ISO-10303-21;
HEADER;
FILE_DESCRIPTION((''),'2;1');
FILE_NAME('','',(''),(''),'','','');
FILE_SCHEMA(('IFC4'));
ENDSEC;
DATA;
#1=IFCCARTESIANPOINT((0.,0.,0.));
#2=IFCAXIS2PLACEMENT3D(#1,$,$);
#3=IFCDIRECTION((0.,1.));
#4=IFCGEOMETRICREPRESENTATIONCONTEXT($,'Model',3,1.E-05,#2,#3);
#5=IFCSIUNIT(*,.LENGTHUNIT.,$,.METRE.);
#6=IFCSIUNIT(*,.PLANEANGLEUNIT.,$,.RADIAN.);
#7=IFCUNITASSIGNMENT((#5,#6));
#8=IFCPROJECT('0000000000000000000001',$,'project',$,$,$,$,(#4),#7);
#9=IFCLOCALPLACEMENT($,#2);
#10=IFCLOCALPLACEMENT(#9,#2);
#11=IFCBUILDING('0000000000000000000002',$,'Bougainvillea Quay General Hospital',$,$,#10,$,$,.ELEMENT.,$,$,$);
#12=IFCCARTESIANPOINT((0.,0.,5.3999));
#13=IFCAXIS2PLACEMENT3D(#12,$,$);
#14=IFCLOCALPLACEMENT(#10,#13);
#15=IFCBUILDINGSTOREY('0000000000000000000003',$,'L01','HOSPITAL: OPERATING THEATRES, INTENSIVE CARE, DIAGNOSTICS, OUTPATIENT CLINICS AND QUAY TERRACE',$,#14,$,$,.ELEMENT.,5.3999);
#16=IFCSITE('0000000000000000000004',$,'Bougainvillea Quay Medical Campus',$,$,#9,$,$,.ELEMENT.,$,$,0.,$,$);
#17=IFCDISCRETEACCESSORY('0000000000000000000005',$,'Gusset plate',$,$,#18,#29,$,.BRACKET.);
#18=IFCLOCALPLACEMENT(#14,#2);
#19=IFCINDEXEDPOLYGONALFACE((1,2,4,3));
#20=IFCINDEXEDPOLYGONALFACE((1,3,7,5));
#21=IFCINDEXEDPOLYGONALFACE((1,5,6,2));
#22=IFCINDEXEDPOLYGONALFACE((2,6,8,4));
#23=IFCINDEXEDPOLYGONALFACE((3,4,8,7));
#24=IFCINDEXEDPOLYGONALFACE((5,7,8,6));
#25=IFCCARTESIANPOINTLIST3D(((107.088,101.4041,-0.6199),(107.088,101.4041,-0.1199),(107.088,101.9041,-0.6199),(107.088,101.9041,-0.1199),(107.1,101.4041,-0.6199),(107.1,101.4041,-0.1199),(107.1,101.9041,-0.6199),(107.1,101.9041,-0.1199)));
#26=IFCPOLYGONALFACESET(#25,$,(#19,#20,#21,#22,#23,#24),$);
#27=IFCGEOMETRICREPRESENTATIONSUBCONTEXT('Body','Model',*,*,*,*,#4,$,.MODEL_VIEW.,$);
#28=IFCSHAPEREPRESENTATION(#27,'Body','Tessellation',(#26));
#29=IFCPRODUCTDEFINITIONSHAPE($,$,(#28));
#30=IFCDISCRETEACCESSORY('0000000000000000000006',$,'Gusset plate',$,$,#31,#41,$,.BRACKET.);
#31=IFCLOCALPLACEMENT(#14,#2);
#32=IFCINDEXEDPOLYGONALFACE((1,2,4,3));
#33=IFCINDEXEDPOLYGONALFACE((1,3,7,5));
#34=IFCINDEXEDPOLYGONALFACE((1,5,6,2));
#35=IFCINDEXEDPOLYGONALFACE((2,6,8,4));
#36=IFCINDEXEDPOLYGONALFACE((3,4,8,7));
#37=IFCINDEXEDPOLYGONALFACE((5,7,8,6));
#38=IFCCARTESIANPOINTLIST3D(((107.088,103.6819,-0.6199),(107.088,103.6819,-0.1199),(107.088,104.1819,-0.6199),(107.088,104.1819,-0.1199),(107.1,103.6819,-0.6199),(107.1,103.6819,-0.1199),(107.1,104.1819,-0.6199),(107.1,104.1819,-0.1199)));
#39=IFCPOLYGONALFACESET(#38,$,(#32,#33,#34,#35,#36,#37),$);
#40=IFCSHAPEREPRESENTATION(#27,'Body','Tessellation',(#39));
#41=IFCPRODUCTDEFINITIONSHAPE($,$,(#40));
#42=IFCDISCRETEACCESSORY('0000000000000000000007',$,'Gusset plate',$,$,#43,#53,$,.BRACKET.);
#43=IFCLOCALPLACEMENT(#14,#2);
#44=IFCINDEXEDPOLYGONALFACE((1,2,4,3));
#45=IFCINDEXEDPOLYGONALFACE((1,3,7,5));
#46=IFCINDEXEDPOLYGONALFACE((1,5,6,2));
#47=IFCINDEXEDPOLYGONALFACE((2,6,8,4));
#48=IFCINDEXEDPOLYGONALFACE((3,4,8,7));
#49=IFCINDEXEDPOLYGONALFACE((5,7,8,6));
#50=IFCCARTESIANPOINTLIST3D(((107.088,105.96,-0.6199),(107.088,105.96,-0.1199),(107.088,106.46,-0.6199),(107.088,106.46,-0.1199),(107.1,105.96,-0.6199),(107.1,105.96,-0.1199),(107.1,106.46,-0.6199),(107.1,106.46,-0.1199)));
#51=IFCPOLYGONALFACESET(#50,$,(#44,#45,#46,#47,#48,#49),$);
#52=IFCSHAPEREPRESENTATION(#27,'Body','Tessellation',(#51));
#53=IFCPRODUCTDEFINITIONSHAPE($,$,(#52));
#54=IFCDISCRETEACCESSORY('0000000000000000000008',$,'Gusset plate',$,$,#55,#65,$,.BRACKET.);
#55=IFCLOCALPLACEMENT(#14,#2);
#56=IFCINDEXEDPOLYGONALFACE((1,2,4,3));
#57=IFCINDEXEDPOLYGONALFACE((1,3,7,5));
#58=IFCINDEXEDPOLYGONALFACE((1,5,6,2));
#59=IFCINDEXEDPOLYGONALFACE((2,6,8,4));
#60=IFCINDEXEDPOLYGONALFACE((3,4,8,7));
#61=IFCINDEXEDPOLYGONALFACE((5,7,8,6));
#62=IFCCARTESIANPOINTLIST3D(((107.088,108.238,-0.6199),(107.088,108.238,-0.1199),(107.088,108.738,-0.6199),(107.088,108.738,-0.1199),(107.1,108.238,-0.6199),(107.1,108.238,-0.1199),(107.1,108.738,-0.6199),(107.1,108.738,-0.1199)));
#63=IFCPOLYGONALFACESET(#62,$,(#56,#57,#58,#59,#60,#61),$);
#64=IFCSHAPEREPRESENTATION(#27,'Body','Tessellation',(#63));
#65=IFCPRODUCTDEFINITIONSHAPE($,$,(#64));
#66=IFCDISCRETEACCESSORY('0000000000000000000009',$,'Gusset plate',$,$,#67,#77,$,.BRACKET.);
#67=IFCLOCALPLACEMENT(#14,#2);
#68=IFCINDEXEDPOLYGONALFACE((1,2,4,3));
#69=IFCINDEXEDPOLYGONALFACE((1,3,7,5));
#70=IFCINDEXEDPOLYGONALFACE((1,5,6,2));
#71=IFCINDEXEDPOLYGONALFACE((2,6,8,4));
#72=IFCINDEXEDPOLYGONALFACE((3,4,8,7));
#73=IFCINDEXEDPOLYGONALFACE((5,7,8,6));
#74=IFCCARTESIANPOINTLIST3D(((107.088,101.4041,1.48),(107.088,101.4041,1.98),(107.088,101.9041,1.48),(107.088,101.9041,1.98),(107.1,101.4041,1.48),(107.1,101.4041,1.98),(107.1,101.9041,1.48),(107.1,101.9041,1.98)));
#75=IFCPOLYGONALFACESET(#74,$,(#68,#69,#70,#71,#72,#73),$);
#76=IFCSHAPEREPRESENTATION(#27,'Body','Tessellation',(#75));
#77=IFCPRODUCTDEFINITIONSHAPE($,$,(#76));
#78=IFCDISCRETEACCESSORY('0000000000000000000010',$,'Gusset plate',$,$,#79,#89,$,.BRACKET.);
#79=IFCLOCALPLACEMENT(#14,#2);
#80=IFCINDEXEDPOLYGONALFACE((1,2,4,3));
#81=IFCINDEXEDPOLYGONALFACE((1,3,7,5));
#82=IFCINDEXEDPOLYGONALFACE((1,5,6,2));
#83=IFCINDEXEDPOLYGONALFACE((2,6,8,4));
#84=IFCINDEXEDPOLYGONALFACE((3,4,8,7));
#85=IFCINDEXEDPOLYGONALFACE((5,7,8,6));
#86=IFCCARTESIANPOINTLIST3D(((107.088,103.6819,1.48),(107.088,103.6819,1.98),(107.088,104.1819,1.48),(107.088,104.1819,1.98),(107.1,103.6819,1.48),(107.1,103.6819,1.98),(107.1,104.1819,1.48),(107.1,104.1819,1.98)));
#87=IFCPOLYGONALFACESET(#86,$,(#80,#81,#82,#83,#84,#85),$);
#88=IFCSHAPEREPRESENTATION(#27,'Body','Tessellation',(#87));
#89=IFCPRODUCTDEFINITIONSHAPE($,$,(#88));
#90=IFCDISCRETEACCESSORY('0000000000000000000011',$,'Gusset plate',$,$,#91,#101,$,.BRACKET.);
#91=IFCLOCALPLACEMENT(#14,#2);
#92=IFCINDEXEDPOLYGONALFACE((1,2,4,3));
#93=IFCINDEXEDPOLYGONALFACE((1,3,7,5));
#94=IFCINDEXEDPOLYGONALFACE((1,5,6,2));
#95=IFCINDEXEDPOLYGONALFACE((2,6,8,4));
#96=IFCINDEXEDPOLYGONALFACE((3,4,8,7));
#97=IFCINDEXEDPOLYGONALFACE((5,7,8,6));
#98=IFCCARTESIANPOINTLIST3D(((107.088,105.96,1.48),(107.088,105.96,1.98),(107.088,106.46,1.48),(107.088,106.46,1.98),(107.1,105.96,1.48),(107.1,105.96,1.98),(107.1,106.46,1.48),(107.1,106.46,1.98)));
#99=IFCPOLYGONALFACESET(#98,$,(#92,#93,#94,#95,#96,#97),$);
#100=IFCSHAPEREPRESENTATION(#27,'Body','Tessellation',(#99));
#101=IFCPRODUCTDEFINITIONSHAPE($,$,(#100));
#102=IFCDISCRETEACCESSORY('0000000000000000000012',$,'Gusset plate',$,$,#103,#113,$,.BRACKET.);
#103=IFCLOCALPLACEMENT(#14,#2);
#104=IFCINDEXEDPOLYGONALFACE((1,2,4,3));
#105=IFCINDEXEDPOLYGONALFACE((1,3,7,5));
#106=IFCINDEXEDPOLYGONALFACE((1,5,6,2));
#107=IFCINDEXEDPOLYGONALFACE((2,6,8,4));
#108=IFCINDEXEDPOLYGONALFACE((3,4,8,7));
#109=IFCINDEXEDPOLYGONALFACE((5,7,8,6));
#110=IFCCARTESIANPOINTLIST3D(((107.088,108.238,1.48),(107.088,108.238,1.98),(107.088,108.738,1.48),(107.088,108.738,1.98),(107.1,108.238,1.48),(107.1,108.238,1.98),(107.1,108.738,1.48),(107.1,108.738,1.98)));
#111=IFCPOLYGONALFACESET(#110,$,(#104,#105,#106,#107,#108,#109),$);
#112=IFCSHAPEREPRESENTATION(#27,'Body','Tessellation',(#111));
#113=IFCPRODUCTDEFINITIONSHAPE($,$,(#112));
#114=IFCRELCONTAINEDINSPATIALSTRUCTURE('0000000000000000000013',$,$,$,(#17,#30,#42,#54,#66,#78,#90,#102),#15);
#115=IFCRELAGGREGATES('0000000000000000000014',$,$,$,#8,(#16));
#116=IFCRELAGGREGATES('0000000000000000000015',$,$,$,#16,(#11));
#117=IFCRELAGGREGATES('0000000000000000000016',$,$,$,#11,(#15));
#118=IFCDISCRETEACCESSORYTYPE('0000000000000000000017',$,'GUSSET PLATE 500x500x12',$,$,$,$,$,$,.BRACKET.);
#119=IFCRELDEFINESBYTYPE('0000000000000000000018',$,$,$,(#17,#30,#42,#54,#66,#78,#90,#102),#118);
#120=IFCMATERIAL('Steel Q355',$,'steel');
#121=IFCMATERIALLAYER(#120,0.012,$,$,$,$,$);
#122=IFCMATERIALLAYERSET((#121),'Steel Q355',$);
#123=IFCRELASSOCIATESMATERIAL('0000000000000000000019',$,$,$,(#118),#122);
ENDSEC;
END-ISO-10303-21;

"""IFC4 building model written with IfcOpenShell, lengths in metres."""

from ifc_helpers import new_model, si_unit, direction, frame, origin, origin_2d, place, context, subcontext, project, spatial, rectangle, extrude, material, layer, layer_set, type_object, element, save


model = new_model("IFC4")

# Units and contexts
model_context = context("Model", 3, precision=1e-05, world=origin(), true_north=direction((0.0, 1.0)))
body_context = subcontext(model_context, "Body", "Model", "MODEL_VIEW")
ifc_project = project(units=[si_unit("LENGTHUNIT", "METRE"), si_unit("PLANEANGLEUNIT", "RADIAN")], contexts=[model_context])

# Site, building, storey
site_placement = place(None, origin())
site = spatial("IfcSite", under=ifc_project, at=site_placement, Name="Bougainvillea Quay Medical Campus", CompositionType="ELEMENT", RefElevation=0.0)
building_placement = place(site_placement, origin())
building = spatial("IfcBuilding", under=site, at=building_placement, Name="Bougainvillea Quay General Hospital", CompositionType="ELEMENT")
storey_placement = place(building_placement, frame((0.0, 0.0, 5.3999)))
storey = spatial("IfcBuildingStorey", under=building, at=storey_placement, Name="L01", Description="HOSPITAL: OPERATING THEATRES, INTENSIVE CARE, DIAGNOSTICS, OUTPATIENT CLINICS AND QUAY TERRACE", CompositionType="ELEMENT", Elevation=5.3999)

# Shared definitions
ifc_material = material(Name="Steel Q355", Category="steel")

# Discrete accessories
ifc_layer = layer(ifc_material, 0.012)
ifc_layer_set = layer_set([ifc_layer], Name="Steel Q355")
discrete_accessory_type = type_object("IfcDiscreteAccessoryType", Name="GUSSET PLATE 500x500x12", PredefinedType="BRACKET", material=ifc_layer_set)
for number, where, z_axis, x_axis, name in (
    (1, (107.094, 101.6541, -0.6199), (0.0, 0.0, 1.0), (0.0, 1.0, 0.0), "Gusset plate"),
    (2, (107.094, 103.9319, -0.6199), (0.0, 0.0, 1.0), (0.0, 1.0, 0.0), "Gusset plate"),
    (3, (107.094, 106.21, -0.6199), (0.0, 0.0, 1.0), (0.0, 1.0, 0.0), "Gusset plate"),
    (4, (107.094, 108.488, -0.6199), (0.0, 0.0, 1.0), (0.0, 1.0, 0.0), "Gusset plate"),
    (5, (107.094, 101.6541, 1.48), (0.0, 0.0, 1.0), (0.0, 1.0, 0.0), "Gusset plate"),
    (6, (107.094, 103.9319, 1.48), (0.0, 0.0, 1.0), (0.0, 1.0, 0.0), "Gusset plate"),
    (7, (107.094, 106.21, 1.48), (0.0, 0.0, 1.0), (0.0, 1.0, 0.0), "Gusset plate"),
    (8, (107.094, 108.488, 1.48), (0.0, 0.0, 1.0), (0.0, 1.0, 0.0), "Gusset plate"),
):
    element("IfcDiscreteAccessory", number, at=place(storey_placement, frame(where, z_axis=z_axis, x_axis=x_axis)), inside=storey, type_object=discrete_accessory_type, Name=name, PredefinedType="BRACKET", context=body_context, shape_type="SweptSolid", body=[
        extrude(rectangle(XDim=0.5, YDim=0.012, at=origin_2d()), origin(), (0.0, 0.0, 1.0), 0.5),
    ])

save(model, "model.ifc")
